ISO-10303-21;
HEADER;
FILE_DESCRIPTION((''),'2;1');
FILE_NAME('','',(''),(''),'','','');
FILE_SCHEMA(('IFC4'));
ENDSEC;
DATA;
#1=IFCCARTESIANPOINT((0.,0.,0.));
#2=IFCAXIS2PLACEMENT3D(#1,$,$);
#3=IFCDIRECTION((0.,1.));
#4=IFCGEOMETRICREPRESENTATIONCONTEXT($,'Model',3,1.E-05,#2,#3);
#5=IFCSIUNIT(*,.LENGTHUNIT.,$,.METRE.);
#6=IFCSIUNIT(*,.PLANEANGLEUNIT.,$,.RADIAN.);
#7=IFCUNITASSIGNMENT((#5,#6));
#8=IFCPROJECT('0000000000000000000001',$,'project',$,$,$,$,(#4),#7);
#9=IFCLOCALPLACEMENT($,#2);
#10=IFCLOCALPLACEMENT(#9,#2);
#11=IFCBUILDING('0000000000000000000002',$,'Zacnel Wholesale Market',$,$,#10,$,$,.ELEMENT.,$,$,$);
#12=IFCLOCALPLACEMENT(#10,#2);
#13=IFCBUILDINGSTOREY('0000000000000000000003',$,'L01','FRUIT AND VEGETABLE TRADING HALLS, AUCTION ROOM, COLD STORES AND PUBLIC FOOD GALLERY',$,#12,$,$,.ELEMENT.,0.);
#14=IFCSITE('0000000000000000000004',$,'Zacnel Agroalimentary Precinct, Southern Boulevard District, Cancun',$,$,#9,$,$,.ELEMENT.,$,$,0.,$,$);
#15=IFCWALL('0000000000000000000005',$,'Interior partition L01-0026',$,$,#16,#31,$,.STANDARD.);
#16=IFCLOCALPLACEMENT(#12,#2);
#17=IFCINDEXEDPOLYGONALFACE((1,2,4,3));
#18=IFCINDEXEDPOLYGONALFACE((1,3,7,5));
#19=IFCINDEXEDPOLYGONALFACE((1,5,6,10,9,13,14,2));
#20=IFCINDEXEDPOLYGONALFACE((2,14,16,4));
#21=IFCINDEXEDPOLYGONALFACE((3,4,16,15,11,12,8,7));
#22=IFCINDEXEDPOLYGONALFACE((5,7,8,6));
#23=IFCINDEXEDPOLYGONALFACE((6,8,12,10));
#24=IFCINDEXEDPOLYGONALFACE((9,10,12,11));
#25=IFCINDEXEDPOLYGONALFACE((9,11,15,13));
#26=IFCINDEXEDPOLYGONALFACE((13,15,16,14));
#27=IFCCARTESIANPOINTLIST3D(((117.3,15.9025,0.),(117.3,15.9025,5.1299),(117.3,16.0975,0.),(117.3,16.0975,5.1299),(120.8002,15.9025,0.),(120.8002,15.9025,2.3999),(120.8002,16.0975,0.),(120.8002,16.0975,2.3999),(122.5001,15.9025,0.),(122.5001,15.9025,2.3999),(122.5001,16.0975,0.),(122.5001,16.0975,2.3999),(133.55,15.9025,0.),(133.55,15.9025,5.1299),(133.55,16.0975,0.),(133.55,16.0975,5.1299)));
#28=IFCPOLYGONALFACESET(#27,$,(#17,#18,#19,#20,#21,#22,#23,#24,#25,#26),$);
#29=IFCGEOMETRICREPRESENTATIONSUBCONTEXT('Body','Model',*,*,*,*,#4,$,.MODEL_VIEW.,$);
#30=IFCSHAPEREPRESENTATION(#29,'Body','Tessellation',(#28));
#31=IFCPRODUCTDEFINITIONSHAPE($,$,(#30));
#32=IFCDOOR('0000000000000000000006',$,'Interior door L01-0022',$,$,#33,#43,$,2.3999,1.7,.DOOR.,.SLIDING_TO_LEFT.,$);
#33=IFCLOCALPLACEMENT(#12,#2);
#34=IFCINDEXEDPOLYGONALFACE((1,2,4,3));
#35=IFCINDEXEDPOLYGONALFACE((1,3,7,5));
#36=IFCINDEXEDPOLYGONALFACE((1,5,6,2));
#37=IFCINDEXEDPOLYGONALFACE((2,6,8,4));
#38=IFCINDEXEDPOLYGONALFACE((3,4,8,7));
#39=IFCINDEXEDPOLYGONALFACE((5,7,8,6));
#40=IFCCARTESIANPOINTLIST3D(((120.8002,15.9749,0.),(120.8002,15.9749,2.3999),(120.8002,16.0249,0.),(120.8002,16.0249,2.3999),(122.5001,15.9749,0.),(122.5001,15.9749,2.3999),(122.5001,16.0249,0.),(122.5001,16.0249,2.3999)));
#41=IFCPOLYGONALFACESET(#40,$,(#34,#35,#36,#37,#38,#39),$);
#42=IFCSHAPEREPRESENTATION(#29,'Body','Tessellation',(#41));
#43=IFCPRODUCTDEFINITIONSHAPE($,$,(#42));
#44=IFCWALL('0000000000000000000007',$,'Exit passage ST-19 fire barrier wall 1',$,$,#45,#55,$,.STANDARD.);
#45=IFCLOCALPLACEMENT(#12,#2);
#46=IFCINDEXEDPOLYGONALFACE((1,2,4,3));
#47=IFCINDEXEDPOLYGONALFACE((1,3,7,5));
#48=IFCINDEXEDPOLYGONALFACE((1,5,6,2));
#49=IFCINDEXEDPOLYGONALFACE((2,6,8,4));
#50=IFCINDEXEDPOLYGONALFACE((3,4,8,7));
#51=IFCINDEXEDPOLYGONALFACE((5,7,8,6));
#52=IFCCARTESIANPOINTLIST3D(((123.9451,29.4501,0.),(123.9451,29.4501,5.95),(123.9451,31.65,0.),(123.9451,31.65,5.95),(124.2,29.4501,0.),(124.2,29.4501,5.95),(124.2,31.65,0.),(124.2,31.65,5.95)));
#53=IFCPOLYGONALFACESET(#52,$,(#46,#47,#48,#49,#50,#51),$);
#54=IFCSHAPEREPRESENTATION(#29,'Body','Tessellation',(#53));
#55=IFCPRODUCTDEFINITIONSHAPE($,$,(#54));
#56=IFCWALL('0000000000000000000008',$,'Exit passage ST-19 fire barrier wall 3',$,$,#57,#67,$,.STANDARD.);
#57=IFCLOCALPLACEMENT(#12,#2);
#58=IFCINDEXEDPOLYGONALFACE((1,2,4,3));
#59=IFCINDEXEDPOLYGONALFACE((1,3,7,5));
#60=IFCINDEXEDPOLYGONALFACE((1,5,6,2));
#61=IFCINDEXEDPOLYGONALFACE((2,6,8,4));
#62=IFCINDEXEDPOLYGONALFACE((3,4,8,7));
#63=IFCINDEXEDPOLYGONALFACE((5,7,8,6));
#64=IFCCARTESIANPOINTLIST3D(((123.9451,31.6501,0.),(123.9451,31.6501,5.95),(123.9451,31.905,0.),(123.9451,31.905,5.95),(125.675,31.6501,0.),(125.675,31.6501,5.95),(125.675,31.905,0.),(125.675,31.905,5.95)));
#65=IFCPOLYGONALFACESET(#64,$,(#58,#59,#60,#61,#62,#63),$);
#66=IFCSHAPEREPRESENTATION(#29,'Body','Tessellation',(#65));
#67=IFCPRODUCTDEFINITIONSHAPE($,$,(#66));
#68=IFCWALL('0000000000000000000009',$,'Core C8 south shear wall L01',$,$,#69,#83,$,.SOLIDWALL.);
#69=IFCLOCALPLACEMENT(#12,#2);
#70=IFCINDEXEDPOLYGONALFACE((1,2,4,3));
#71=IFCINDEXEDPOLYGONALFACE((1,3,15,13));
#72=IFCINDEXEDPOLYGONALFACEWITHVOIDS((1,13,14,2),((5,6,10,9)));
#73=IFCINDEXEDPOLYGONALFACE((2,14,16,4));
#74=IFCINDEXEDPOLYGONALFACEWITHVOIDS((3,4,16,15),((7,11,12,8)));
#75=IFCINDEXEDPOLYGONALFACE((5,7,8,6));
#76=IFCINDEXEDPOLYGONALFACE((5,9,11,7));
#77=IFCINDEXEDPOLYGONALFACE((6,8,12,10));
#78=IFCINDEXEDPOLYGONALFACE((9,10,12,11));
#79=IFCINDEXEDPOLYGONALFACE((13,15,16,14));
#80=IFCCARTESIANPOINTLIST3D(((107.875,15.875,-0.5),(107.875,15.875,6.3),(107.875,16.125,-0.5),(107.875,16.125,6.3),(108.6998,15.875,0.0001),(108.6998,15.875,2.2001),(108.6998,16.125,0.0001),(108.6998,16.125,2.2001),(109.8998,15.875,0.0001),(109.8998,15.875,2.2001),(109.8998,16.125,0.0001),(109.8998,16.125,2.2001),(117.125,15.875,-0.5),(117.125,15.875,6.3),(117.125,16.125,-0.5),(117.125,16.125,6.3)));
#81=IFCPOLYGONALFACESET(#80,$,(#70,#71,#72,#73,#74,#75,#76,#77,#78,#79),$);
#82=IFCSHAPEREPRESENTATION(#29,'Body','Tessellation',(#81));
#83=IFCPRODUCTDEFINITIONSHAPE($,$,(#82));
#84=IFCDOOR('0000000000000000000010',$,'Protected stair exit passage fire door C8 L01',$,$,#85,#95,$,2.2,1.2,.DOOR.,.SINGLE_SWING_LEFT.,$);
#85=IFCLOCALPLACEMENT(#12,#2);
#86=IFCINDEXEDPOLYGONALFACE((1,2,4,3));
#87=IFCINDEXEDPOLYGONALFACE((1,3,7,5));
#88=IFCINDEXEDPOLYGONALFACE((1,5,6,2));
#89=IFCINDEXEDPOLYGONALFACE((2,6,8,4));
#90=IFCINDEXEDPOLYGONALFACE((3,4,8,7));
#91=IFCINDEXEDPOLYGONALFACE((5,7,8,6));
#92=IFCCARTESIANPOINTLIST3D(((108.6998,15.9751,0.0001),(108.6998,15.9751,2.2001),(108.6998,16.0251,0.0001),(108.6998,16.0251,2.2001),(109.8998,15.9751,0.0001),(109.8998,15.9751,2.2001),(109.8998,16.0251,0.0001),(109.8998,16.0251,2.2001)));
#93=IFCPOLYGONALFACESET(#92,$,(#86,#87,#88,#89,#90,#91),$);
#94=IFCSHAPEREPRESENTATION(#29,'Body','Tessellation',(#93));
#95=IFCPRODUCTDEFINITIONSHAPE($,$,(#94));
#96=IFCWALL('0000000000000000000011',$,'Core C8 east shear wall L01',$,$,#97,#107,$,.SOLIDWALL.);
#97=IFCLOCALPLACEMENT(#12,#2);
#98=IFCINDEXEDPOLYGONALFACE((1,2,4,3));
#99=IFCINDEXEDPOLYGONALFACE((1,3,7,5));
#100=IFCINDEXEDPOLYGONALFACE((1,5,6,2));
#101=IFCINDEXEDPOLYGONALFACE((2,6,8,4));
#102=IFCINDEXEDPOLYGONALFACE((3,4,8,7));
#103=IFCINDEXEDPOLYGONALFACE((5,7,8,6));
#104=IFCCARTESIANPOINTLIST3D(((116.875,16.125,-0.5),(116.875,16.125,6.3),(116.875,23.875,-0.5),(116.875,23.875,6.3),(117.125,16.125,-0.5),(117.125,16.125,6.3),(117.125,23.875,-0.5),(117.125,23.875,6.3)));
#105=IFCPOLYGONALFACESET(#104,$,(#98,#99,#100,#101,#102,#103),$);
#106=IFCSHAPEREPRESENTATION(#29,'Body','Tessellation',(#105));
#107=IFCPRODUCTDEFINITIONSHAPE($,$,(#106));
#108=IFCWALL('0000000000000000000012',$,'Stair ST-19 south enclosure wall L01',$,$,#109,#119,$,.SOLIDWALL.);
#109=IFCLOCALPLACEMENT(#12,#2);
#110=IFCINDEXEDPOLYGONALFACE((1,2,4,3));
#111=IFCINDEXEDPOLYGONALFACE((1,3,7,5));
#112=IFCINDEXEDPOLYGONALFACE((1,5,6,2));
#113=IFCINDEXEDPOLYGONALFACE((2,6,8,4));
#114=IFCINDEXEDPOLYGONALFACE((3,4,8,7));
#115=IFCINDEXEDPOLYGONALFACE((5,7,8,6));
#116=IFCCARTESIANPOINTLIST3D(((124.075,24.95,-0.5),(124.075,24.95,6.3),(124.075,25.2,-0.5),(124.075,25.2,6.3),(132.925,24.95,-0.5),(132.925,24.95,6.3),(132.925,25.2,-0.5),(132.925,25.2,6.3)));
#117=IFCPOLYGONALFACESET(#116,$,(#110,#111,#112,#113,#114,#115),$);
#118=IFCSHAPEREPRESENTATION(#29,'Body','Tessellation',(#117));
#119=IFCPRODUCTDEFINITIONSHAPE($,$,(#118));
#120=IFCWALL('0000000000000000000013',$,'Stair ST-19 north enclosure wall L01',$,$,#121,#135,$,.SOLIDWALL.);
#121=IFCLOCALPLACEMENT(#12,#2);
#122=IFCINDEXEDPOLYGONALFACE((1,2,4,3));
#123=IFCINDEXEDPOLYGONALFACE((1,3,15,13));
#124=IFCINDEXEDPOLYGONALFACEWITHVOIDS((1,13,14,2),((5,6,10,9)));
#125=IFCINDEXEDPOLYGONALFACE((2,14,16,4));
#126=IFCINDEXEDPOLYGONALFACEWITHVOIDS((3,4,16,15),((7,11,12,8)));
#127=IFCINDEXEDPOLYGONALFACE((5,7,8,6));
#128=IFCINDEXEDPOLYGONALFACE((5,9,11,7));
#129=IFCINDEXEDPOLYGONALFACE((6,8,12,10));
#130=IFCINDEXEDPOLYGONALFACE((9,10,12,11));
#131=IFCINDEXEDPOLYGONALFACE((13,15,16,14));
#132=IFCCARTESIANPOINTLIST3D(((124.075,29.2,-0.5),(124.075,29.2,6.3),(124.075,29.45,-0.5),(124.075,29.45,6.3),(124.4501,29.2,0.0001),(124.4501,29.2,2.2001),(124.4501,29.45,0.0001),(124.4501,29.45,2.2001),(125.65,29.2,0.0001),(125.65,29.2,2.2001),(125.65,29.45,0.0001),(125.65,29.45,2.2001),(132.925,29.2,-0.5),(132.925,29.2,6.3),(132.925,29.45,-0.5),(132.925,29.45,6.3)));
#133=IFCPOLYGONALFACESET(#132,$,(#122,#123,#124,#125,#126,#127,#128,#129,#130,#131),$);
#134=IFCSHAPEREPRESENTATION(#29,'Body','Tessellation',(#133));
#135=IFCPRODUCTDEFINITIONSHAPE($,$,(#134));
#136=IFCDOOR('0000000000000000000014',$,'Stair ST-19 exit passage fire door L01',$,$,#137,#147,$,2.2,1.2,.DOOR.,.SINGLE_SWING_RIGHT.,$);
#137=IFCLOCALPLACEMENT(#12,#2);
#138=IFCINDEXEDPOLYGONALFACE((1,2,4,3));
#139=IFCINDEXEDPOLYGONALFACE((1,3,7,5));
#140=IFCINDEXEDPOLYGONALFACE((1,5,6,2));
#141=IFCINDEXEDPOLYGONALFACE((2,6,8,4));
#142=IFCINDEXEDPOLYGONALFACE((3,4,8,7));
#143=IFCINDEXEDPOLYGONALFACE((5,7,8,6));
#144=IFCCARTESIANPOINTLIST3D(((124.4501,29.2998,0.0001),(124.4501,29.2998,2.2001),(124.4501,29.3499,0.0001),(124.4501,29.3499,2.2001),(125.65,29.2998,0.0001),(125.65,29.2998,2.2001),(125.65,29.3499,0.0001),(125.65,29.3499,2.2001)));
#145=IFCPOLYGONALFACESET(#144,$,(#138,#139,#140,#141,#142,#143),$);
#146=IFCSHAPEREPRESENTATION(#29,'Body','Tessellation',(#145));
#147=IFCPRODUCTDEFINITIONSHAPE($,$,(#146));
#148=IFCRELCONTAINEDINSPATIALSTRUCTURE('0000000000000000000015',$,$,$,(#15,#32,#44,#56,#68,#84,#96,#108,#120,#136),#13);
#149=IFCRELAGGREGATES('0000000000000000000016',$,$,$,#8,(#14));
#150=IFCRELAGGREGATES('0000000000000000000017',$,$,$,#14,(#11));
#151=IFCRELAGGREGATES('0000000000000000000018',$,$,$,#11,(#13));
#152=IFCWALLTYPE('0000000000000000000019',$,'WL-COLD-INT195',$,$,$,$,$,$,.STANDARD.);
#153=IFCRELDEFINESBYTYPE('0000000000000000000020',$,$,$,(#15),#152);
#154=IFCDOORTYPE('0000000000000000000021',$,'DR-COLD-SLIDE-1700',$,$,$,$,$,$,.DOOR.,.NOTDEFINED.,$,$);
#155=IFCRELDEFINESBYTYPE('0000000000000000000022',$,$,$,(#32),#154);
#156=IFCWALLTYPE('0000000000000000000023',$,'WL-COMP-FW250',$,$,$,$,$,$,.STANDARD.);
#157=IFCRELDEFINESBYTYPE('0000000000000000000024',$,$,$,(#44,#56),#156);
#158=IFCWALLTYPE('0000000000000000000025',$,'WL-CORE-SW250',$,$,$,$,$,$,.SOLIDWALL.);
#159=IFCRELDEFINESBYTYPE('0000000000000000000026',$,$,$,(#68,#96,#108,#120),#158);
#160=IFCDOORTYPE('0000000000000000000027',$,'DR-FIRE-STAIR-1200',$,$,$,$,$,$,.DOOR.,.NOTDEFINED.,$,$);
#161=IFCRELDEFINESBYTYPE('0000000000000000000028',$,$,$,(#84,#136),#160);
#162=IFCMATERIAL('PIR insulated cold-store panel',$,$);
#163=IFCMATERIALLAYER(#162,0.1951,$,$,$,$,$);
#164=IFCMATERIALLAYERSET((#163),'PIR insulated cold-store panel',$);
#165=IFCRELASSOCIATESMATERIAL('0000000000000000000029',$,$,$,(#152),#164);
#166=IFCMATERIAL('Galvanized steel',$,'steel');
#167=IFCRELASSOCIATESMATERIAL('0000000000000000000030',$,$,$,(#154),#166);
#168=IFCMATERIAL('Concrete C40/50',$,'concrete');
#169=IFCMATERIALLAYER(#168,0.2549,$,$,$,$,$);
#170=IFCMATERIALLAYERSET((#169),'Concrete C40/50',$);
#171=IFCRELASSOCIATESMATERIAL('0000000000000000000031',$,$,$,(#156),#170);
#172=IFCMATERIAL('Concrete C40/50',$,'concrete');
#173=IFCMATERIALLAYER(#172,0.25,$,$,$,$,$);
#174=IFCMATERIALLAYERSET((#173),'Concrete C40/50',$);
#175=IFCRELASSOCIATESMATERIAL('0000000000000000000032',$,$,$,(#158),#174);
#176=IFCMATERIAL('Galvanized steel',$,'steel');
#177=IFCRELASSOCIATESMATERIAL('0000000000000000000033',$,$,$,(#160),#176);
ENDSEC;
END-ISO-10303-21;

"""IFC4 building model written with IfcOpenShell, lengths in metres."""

from ifc_helpers import new_model, si_unit, direction, frame, frame_2d, origin, place, context, subcontext, project, spatial, rectangle, extrude, material, layer, layer_set, type_object, element, fill, save


model = new_model("IFC4")

# Units and contexts
model_context = context("Model", 3, precision=1e-05, world=origin(), true_north=direction((0.0, 1.0)))
body_context = subcontext(model_context, "Body", "Model", "MODEL_VIEW")
ifc_project = project(units=[si_unit("LENGTHUNIT", "METRE"), si_unit("PLANEANGLEUNIT", "RADIAN")], contexts=[model_context])

# Site, building, storey
site_placement = place(None, origin())
site = spatial("IfcSite", under=ifc_project, at=site_placement, Name="Zacnel Agroalimentary Precinct, Southern Boulevard District, Cancun", CompositionType="ELEMENT", RefElevation=0.0)
building_placement = place(site_placement, origin())
building = spatial("IfcBuilding", under=site, at=building_placement, Name="Zacnel Wholesale Market", CompositionType="ELEMENT")
storey_placement = place(building_placement, origin())
storey = spatial("IfcBuildingStorey", under=building, at=storey_placement, Name="L01", Description="FRUIT AND VEGETABLE TRADING HALLS, AUCTION ROOM, COLD STORES AND PUBLIC FOOD GALLERY", CompositionType="ELEMENT", Elevation=0.0)

# Wall, opening, door
ifc_material_1 = material(Name="PIR insulated cold-store panel")
ifc_layer_1 = layer(ifc_material_1, 0.1951)
ifc_layer_set_1 = layer_set([ifc_layer_1], Name="PIR insulated cold-store panel")
wall_type_1 = type_object("IfcWallType", Name="WL-COLD-INT195", PredefinedType="STANDARD", material=ifc_layer_set_1)
wall_1_placement = place(storey_placement, frame((117.3, 16.0, 0.0), z_axis=(0.0, 0.0, 1.0), x_axis=(1.0, 0.0, 0.0)))
wall_1 = element("IfcWall", 1, at=wall_1_placement, inside=storey, type_object=wall_type_1, Name="Interior partition L01-0026", PredefinedType="STANDARD", context=body_context, shape_type="SweptSolid", body=[
    extrude(rectangle(XDim=16.25, YDim=0.1951, at=frame_2d((8.125, 0.0))), origin(), (0.0, 0.0, 1.0), 5.1299),
])
opening_1_placement = place(wall_1_placement, frame((3.5, 0.0, 0.0)))
opening_1 = element("IfcOpeningElement", 2, at=opening_1_placement, cuts=wall_1, PredefinedType="OPENING", context=body_context, shape_type="SweptSolid", body=[
    extrude(rectangle(XDim=1.7, YDim=2.3999, at=frame_2d((0.8501, 1.2))), frame((0.0, 0.1074, 0.0), z_axis=(0.0, -1.0, 0.0), x_axis=(1.0, 0.0, 0.0)), (0.0, 0.0, 1.0), 0.2151),
])
ifc_material_2 = material(Name="Galvanized steel", Category="steel")
door_type_1 = type_object("IfcDoorType", Name="DR-COLD-SLIDE-1700", OperationType="NOTDEFINED", PredefinedType="DOOR", material=ifc_material_2)
door_1_placement = place(opening_1_placement, origin())
door_1 = element("IfcDoor", 3, at=door_1_placement, inside=storey, type_object=door_type_1, Name="Interior door L01-0022", OperationType="SLIDING_TO_LEFT", OverallHeight=2.3999, OverallWidth=1.7, PredefinedType="DOOR", context=body_context, shape_type="SweptSolid", body=[
    extrude(rectangle(XDim=1.7, YDim=2.3999, at=frame_2d((0.8501, 1.2))), frame((0.0, 0.0249, 0.0), z_axis=(0.0, -1.0, 0.0), x_axis=(1.0, 0.0, 0.0)), (0.0, 0.0, 1.0), 0.05),
])
fill(opening_1, door_1)

# Walls
ifc_material_3 = material(Name="Concrete C40/50", Category="concrete")
ifc_layer_2 = layer(ifc_material_3, 0.2549)
ifc_layer_set_2 = layer_set([ifc_layer_2], Name="Concrete C40/50")
wall_type_2 = type_object("IfcWallType", Name="WL-COMP-FW250", PredefinedType="STANDARD", material=ifc_layer_set_2)
wall_2_placement = place(storey_placement, frame((124.0725, 29.45, 0.0), z_axis=(0.0, 0.0, 1.0), x_axis=(0.0, 1.0, 0.0)))
element("IfcWall", 4, at=wall_2_placement, inside=storey, type_object=wall_type_2, Name="Exit passage ST-19 fire barrier wall 1", PredefinedType="STANDARD", context=body_context, shape_type="SweptSolid", body=[
    extrude(rectangle(XDim=2.2, YDim=0.2549, at=frame_2d((1.1001, 0.0))), origin(), (0.0, 0.0, 1.0), 5.95),
])
wall_3_placement = place(storey_placement, frame((123.9451, 31.7776, 0.0), z_axis=(0.0, 0.0, 1.0), x_axis=(1.0, 0.0, 0.0)))
element("IfcWall", 5, at=wall_3_placement, inside=storey, type_object=wall_type_2, Name="Exit passage ST-19 fire barrier wall 3", PredefinedType="STANDARD", context=body_context, shape_type="SweptSolid", body=[
    extrude(rectangle(XDim=1.73, YDim=0.2549, at=frame_2d((0.865, 0.0))), origin(), (0.0, 0.0, 1.0), 5.95),
])

# Wall, opening, door
ifc_material_4 = material(Name="Concrete C40/50", Category="concrete")
ifc_layer_3 = layer(ifc_material_4, 0.25)
ifc_layer_set_3 = layer_set([ifc_layer_3], Name="Concrete C40/50")
wall_type_3 = type_object("IfcWallType", Name="WL-CORE-SW250", PredefinedType="SOLIDWALL", material=ifc_layer_set_3)
wall_4_placement = place(storey_placement, frame((117.125, 16.0, -0.5), z_axis=(0.0, 0.0, 1.0), x_axis=(-1.0, 0.0, 0.0)))
wall_4 = element("IfcWall", 6, at=wall_4_placement, inside=storey, type_object=wall_type_3, Name="Core C8 south shear wall L01", PredefinedType="SOLIDWALL", context=body_context, shape_type="SweptSolid", body=[
    extrude(rectangle(XDim=9.25, YDim=0.25, at=frame_2d((4.625, 0.0))), origin(), (0.0, 0.0, 1.0), 6.8),
])
opening_2_placement = place(wall_4_placement, frame((7.2251, 0.0, 0.5)))
opening_2 = element("IfcOpeningElement", 7, at=opening_2_placement, cuts=wall_4, PredefinedType="OPENING", context=body_context, shape_type="SweptSolid", body=[
    extrude(rectangle(XDim=1.2, YDim=2.2, at=frame_2d((0.6001, 1.1001))), frame((0.0, 0.135, 0.0), z_axis=(0.0, -1.0, 0.0), x_axis=(1.0, 0.0, 0.0)), (0.0, 0.0, 1.0), 0.27),
])
ifc_material_5 = material(Name="Galvanized steel", Category="steel")
door_type_2 = type_object("IfcDoorType", Name="DR-FIRE-STAIR-1200", OperationType="NOTDEFINED", PredefinedType="DOOR", material=ifc_material_5)
door_2_placement = place(opening_2_placement, origin())
door_2 = element("IfcDoor", 8, at=door_2_placement, inside=storey, type_object=door_type_2, Name="Protected stair exit passage fire door C8 L01", OperationType="SINGLE_SWING_LEFT", OverallHeight=2.2, OverallWidth=1.2, PredefinedType="DOOR", context=body_context, shape_type="SweptSolid", body=[
    extrude(rectangle(XDim=1.2, YDim=2.2, at=frame_2d((0.6001, 1.1001))), frame((0.0, 0.0249, 0.0), z_axis=(0.0, -1.0, 0.0), x_axis=(1.0, 0.0, 0.0)), (0.0, 0.0, 1.0), 0.05),
])
fill(opening_2, door_2)

# Walls
wall_5_placement = place(storey_placement, frame((117.0, 16.125, -0.5), z_axis=(0.0, 0.0, 1.0), x_axis=(0.0, 1.0, 0.0)))
element("IfcWall", 9, at=wall_5_placement, inside=storey, type_object=wall_type_3, Name="Core C8 east shear wall L01", PredefinedType="SOLIDWALL", context=body_context, shape_type="SweptSolid", body=[
    extrude(rectangle(XDim=7.75, YDim=0.25, at=frame_2d((3.875, 0.0))), origin(), (0.0, 0.0, 1.0), 6.8),
])
wall_6_placement = place(storey_placement, frame((124.075, 25.075, -0.5), z_axis=(0.0, 0.0, 1.0), x_axis=(1.0, 0.0, 0.0)))
element("IfcWall", 10, at=wall_6_placement, inside=storey, type_object=wall_type_3, Name="Stair ST-19 south enclosure wall L01", PredefinedType="SOLIDWALL", context=body_context, shape_type="SweptSolid", body=[
    extrude(rectangle(XDim=8.8501, YDim=0.25, at=frame_2d((4.425, 0.0))), origin(), (0.0, 0.0, 1.0), 6.8),
])

# Wall, opening, door
wall_7_placement = place(storey_placement, frame((124.075, 29.325, -0.5), z_axis=(0.0, 0.0, 1.0), x_axis=(1.0, 0.0, 0.0)))
wall_7 = element("IfcWall", 11, at=wall_7_placement, inside=storey, type_object=wall_type_3, Name="Stair ST-19 north enclosure wall L01", PredefinedType="SOLIDWALL", context=body_context, shape_type="SweptSolid", body=[
    extrude(rectangle(XDim=8.8501, YDim=0.25, at=frame_2d((4.425, 0.0))), origin(), (0.0, 0.0, 1.0), 6.8),
])
opening_3_placement = place(wall_7_placement, frame((0.375, 0.0, 0.5)))
opening_3 = element("IfcOpeningElement", 12, at=opening_3_placement, cuts=wall_7, PredefinedType="OPENING", context=body_context, shape_type="SweptSolid", body=[
    extrude(rectangle(XDim=1.2, YDim=2.2, at=frame_2d((0.6001, 1.1001))), frame((0.0, 0.135, 0.0), z_axis=(0.0, -1.0, 0.0), x_axis=(1.0, 0.0, 0.0)), (0.0, 0.0, 1.0), 0.27),
])
door_3_placement = place(opening_3_placement, origin())
door_3 = element("IfcDoor", 13, at=door_3_placement, inside=storey, type_object=door_type_2, Name="Stair ST-19 exit passage fire door L01", OperationType="SINGLE_SWING_RIGHT", OverallHeight=2.2, OverallWidth=1.2, PredefinedType="DOOR", context=body_context, shape_type="SweptSolid", body=[
    extrude(rectangle(XDim=1.2, YDim=2.2, at=frame_2d((0.6001, 1.1001))), frame((0.0, 0.0249, 0.0), z_axis=(0.0, -1.0, 0.0), x_axis=(1.0, 0.0, 0.0)), (0.0, 0.0, 1.0), 0.05),
])
fill(opening_3, door_3)

save(model, "model.ifc")
